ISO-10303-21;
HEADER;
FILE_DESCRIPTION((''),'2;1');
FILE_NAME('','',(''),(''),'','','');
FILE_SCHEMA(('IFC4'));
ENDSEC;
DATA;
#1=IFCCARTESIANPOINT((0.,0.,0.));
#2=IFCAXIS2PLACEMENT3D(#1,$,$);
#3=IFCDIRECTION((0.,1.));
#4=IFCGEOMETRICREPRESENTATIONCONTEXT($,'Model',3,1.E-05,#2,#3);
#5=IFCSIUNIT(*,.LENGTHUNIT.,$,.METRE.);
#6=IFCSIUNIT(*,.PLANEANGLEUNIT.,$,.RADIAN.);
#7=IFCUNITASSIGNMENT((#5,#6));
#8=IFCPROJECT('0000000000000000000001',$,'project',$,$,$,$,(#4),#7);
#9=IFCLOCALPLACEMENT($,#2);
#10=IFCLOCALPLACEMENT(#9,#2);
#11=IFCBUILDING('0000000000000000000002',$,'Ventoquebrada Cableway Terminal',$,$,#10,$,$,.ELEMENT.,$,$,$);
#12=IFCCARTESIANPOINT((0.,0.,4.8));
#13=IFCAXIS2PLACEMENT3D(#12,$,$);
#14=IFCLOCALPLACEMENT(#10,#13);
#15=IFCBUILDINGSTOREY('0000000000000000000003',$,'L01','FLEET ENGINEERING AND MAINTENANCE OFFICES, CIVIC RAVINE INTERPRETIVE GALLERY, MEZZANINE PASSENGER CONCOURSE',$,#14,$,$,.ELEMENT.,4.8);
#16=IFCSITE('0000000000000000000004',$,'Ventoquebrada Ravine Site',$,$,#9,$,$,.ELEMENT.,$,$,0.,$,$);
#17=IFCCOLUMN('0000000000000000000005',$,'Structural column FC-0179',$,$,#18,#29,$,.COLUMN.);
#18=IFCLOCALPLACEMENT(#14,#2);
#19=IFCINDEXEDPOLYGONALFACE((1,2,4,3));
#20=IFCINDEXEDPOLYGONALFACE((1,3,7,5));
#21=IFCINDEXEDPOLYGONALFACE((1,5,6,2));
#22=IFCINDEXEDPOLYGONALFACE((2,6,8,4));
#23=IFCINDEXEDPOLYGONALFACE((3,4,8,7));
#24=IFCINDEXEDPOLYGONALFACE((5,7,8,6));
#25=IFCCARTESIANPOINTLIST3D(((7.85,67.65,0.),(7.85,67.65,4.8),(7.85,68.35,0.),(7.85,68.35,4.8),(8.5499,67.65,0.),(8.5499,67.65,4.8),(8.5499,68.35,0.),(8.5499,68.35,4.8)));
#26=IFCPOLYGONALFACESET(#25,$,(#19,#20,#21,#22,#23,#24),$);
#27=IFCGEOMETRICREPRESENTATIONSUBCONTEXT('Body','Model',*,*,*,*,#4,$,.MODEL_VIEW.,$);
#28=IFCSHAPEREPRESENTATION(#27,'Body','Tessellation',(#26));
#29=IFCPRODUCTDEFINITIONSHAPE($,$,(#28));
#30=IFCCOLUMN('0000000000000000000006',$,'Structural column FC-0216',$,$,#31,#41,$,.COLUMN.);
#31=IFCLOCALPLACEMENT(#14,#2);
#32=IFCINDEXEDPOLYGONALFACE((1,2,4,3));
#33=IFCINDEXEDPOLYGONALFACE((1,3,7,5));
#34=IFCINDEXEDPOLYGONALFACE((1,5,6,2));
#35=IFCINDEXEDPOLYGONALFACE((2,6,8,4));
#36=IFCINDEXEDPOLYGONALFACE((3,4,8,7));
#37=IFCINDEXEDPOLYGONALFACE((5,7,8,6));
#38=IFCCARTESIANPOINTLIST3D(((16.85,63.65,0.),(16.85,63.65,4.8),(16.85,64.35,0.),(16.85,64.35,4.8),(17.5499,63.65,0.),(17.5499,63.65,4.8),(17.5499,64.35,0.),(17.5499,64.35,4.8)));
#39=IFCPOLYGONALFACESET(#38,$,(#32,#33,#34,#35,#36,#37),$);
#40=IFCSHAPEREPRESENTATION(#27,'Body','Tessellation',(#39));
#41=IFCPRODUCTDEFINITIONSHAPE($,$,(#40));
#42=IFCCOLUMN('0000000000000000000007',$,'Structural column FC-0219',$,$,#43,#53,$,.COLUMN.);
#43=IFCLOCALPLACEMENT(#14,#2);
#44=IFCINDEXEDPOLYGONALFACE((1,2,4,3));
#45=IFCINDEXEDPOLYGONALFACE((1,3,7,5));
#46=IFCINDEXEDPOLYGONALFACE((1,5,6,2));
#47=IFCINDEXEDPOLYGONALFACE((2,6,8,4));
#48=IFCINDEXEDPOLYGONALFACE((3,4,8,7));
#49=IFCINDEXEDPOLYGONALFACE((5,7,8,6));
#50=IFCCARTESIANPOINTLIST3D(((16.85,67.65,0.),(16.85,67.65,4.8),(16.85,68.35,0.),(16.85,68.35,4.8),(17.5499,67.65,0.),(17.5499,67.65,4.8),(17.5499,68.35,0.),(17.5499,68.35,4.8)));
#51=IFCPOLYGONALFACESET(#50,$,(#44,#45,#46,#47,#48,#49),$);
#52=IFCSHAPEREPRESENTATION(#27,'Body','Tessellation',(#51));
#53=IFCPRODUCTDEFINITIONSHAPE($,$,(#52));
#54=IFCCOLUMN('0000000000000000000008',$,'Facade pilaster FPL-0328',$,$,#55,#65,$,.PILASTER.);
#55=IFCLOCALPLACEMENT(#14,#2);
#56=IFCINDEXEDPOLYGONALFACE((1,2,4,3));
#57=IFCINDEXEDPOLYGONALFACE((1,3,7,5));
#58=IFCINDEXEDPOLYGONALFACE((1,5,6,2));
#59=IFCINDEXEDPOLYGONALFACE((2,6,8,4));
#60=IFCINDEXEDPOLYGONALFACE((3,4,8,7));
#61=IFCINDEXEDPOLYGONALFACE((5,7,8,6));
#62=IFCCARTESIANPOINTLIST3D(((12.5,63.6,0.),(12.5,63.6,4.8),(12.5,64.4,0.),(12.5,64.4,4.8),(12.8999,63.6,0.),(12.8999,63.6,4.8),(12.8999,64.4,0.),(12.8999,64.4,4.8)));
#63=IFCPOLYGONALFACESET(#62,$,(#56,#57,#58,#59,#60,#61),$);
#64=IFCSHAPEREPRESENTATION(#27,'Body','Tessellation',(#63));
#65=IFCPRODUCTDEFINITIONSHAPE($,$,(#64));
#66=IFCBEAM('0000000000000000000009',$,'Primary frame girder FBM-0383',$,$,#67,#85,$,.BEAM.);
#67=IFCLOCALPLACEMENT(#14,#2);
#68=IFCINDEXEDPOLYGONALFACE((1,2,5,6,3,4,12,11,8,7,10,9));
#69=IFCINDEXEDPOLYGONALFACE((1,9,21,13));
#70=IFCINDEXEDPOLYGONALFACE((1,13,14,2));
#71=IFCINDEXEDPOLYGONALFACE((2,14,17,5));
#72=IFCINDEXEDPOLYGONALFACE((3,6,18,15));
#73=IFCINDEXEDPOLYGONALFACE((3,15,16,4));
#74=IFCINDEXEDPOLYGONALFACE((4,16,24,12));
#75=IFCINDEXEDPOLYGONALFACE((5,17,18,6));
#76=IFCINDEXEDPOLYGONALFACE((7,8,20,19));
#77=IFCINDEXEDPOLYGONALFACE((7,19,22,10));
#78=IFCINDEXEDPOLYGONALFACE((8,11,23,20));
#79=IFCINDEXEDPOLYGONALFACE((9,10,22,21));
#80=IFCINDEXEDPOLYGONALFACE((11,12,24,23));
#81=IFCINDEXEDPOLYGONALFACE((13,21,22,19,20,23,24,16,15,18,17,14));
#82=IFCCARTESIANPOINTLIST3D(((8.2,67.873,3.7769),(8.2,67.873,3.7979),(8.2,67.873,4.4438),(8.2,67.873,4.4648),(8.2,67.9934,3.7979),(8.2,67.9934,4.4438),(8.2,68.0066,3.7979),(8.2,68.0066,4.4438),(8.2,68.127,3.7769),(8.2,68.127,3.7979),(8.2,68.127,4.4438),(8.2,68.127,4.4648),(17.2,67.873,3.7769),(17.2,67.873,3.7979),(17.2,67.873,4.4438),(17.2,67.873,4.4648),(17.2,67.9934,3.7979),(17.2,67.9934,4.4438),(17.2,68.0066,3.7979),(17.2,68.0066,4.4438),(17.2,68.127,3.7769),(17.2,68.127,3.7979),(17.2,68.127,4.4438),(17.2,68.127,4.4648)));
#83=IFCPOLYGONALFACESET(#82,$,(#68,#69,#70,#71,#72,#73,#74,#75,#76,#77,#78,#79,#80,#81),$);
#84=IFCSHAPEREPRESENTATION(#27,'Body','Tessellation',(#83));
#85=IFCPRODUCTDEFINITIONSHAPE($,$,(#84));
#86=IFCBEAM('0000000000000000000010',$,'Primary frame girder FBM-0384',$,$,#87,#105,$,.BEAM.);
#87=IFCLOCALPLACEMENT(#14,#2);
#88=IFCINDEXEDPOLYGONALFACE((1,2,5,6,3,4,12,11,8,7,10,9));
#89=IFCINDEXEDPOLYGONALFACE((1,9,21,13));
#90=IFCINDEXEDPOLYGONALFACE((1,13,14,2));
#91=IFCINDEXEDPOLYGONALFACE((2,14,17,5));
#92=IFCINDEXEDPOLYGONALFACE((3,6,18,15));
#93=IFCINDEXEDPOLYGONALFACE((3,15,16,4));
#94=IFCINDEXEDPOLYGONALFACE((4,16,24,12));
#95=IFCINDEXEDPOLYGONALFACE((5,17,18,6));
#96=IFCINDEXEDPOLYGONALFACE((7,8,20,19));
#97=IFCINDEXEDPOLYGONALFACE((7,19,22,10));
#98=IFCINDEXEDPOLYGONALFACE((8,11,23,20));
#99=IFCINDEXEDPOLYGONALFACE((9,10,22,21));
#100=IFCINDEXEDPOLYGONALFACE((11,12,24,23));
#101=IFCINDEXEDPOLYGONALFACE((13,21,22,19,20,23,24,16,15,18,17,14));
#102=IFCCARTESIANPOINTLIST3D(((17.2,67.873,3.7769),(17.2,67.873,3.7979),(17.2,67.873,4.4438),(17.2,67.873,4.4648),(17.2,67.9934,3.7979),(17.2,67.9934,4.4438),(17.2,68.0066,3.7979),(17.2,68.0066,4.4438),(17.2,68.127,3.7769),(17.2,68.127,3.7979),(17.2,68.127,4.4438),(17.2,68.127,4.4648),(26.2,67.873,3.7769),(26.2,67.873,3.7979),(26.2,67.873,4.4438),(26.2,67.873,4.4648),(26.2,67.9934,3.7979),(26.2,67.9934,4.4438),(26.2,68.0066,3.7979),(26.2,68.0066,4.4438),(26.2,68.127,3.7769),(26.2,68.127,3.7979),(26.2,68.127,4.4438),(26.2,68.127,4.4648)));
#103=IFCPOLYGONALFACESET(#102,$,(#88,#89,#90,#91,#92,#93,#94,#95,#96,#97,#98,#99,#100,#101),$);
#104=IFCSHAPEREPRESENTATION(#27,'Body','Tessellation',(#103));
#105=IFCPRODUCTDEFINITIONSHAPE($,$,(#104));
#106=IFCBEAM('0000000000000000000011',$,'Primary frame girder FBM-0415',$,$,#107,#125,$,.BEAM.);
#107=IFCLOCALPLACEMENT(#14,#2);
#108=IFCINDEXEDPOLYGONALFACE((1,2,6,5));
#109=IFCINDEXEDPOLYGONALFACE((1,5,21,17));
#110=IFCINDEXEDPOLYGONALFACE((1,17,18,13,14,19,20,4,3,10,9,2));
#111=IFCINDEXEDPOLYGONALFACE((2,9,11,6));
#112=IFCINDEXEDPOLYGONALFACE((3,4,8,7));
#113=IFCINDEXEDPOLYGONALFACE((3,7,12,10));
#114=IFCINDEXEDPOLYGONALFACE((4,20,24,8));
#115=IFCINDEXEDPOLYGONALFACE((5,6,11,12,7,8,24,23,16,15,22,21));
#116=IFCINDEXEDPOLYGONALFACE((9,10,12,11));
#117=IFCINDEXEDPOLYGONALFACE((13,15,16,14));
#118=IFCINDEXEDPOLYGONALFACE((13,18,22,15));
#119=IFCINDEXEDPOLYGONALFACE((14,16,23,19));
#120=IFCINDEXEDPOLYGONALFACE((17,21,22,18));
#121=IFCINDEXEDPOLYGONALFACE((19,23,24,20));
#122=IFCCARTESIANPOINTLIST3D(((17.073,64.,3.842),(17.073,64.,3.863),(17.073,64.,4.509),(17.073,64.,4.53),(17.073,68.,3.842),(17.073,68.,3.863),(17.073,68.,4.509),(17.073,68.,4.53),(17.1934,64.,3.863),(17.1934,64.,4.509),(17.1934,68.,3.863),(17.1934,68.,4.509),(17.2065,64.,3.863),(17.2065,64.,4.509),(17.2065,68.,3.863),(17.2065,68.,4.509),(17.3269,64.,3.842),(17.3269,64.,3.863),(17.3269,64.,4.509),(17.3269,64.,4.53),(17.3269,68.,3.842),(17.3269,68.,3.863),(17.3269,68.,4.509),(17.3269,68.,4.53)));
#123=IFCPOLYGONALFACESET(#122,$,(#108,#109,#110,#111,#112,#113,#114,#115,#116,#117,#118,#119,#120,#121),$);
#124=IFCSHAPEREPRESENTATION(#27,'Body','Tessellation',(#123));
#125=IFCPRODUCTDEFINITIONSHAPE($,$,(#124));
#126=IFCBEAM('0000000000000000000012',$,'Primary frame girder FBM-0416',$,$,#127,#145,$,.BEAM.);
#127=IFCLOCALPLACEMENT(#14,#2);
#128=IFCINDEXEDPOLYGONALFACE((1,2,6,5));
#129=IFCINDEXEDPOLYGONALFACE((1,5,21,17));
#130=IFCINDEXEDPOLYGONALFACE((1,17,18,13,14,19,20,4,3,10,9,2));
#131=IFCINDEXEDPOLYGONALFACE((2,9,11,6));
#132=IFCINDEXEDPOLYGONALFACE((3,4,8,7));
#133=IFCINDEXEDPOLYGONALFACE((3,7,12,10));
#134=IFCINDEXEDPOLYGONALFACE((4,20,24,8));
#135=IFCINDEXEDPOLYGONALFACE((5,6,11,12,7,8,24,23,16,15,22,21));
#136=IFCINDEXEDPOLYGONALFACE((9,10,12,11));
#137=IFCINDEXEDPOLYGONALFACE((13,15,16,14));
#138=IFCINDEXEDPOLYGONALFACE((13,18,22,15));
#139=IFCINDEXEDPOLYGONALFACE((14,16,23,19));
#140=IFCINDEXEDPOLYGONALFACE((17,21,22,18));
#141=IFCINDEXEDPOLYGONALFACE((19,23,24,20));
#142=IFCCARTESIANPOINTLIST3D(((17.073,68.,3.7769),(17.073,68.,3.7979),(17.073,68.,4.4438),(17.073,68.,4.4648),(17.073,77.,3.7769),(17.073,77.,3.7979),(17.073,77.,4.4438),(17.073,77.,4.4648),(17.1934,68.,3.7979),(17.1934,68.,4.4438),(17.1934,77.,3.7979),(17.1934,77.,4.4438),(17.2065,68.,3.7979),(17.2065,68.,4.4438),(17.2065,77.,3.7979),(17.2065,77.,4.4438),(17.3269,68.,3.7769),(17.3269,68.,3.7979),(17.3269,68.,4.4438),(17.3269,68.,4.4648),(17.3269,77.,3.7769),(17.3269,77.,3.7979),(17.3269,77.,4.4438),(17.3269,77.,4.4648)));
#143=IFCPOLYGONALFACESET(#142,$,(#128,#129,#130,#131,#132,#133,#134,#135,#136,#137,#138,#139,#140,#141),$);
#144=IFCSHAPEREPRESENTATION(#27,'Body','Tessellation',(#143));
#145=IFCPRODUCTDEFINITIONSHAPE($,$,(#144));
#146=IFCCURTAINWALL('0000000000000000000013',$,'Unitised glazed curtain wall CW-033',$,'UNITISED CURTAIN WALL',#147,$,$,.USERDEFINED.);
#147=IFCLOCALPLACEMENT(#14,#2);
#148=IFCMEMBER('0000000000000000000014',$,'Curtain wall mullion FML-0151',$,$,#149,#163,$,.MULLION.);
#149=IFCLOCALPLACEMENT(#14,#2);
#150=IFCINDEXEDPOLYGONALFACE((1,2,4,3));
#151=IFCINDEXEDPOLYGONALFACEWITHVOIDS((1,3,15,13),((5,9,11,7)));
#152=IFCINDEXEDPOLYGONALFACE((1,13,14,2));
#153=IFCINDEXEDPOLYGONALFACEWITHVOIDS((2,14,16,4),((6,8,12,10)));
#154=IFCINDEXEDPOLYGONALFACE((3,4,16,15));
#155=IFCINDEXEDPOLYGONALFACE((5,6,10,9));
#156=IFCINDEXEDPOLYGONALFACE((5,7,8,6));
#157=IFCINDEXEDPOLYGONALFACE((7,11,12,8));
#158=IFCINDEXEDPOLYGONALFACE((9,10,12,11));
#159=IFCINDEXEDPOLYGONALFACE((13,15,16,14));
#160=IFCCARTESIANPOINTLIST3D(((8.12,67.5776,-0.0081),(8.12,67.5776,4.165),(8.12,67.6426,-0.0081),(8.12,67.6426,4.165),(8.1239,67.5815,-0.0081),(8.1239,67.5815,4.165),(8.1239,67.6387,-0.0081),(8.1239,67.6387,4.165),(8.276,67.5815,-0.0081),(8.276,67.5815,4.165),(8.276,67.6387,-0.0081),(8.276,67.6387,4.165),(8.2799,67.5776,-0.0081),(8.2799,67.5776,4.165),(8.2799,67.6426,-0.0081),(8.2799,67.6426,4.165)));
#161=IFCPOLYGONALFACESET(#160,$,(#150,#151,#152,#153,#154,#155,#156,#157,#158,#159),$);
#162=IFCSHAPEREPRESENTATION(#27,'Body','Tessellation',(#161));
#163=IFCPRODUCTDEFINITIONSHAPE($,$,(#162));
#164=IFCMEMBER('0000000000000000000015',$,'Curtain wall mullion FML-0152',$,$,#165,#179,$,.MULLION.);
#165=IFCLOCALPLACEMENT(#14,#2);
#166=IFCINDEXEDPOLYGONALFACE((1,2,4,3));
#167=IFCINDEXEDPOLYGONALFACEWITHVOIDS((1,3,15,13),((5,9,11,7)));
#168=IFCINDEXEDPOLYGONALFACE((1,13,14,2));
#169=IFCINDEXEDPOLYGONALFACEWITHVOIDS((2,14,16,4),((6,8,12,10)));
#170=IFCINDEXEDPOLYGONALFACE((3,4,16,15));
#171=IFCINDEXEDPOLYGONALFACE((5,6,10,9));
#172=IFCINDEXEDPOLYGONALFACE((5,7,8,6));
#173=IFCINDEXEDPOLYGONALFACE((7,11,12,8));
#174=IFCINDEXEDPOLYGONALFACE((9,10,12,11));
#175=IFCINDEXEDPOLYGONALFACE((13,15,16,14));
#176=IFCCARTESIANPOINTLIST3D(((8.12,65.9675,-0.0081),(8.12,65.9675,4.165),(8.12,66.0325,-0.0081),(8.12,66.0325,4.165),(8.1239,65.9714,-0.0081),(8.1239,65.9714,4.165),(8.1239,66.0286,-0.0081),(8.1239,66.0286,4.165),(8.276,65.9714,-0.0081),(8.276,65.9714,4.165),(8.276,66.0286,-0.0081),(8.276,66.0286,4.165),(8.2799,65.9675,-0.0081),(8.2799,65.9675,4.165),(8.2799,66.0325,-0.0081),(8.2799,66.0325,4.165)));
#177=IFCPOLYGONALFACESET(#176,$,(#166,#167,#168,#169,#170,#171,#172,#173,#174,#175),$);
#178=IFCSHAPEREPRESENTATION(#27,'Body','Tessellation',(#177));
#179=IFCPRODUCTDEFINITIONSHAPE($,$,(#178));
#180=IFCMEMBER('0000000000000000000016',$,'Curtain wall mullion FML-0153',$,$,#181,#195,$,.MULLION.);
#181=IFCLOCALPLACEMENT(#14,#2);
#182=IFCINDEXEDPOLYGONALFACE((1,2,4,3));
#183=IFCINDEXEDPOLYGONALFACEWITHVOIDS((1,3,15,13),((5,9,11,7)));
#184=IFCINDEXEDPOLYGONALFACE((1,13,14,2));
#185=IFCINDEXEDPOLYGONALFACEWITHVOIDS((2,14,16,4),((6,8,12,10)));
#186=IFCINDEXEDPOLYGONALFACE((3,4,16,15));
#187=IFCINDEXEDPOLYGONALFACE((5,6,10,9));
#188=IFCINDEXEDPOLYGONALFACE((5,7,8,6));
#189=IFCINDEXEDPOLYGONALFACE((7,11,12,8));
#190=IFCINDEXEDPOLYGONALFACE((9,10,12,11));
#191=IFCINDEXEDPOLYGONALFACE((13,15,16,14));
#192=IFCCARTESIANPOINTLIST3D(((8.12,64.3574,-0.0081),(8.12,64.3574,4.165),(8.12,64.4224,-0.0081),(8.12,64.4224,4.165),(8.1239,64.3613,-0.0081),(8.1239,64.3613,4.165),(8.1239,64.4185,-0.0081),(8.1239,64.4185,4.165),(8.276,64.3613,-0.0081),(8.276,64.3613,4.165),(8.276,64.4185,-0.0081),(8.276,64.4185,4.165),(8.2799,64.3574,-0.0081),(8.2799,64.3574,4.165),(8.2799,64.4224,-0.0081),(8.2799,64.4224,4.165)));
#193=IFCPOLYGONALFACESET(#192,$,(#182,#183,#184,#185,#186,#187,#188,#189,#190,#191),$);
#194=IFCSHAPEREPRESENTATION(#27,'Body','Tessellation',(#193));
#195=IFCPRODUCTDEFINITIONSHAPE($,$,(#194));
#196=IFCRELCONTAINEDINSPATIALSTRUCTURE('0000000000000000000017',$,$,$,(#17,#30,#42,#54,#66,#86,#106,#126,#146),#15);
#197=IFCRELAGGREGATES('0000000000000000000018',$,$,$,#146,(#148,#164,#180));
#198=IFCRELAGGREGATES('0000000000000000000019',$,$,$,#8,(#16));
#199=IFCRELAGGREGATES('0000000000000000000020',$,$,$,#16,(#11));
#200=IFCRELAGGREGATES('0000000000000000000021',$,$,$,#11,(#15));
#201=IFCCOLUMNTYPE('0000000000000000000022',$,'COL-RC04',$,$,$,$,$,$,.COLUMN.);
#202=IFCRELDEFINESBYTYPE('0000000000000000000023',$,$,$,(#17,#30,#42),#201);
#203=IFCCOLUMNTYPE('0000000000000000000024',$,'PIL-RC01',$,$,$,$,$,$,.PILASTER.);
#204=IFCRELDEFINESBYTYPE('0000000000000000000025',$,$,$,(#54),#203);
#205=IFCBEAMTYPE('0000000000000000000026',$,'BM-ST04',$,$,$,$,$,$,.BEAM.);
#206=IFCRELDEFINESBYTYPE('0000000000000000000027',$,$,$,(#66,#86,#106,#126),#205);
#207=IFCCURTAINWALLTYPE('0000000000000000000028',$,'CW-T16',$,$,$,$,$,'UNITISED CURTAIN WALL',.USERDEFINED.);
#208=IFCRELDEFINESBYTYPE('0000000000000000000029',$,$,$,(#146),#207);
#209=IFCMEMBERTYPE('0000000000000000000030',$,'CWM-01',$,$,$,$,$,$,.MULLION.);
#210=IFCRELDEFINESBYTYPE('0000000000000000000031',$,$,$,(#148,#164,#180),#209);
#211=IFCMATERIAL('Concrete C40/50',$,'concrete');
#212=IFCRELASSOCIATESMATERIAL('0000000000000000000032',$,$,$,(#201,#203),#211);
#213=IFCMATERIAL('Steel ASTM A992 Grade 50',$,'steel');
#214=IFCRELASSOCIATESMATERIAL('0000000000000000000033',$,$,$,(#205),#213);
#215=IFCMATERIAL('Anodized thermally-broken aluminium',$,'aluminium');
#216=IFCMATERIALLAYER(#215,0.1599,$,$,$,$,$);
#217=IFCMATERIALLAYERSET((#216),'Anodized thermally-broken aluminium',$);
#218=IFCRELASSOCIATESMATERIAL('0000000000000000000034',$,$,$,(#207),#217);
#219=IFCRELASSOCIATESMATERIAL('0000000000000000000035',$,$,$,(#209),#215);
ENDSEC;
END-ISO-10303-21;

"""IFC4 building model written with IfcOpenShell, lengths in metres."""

from ifc_helpers import new_model, si_unit, direction, frame, origin, origin_2d, place, context, subcontext, project, spatial, rectangle, hollow_rectangle, i_section, extrude, material, layer, layer_set, material_profile, profile_set, type_object, element, aggregate, save


model = new_model("IFC4")

# Units and contexts
model_context = context("Model", 3, precision=1e-05, world=origin(), true_north=direction((0.0, 1.0)))
body_context = subcontext(model_context, "Body", "Model", "MODEL_VIEW")
ifc_project = project(units=[si_unit("LENGTHUNIT", "METRE"), si_unit("PLANEANGLEUNIT", "RADIAN")], contexts=[model_context])

# Site, building, storey
site_placement = place(None, origin())
site = spatial("IfcSite", under=ifc_project, at=site_placement, Name="Ventoquebrada Ravine Site", CompositionType="ELEMENT", RefElevation=0.0)
building_placement = place(site_placement, origin())
building = spatial("IfcBuilding", under=site, at=building_placement, Name="Ventoquebrada Cableway Terminal", CompositionType="ELEMENT")
storey_placement = place(building_placement, frame((0.0, 0.0, 4.8)))
storey = spatial("IfcBuildingStorey", under=building, at=storey_placement, Name="L01", Description="FLEET ENGINEERING AND MAINTENANCE OFFICES, CIVIC RAVINE INTERPRETIVE GALLERY, MEZZANINE PASSENGER CONCOURSE", CompositionType="ELEMENT", Elevation=4.8)

# Columns
ifc_material_1 = material(Name="Concrete C40/50", Category="concrete")
ifc_material_profile_1 = material_profile(ifc_material_1, rectangle(XDim=0.7, YDim=0.7, at=origin_2d()), Name="RC-COL-700X700")
ifc_profile_set_1 = profile_set([ifc_material_profile_1], Name="Concrete C40/50")
column_type_1 = type_object("IfcColumnType", Name="COL-RC04", PredefinedType="COLUMN", material=ifc_profile_set_1)
for number, where, z_axis, x_axis, name in (
    (1, (8.2, 68.0, 0.0), (0.0, 0.0, 1.0), (1.0, 0.0, 0.0), "Structural column FC-0179"),
    (2, (17.2, 64.0, 0.0), (0.0, 0.0, 1.0), (1.0, 0.0, 0.0), "Structural column FC-0216"),
    (3, (17.2, 68.0, 0.0), (0.0, 0.0, 1.0), (1.0, 0.0, 0.0), "Structural column FC-0219"),
):
    element("IfcColumn", number, at=place(storey_placement, frame(where, z_axis=z_axis, x_axis=x_axis)), inside=storey, type_object=column_type_1, Name=name, PredefinedType="COLUMN", context=body_context, shape_type="SweptSolid", body=[
        extrude(rectangle(XDim=0.7, YDim=0.7, at=origin_2d()), origin(), (0.0, 0.0, 1.0), 4.8),
    ])
ifc_material_profile_2 = material_profile(ifc_material_1, rectangle(XDim=0.3999, YDim=0.8, at=origin_2d()), Name="RC-PIL-400X800")
ifc_profile_set_2 = profile_set([ifc_material_profile_2], Name="Concrete C40/50")
column_type_2 = type_object("IfcColumnType", Name="PIL-RC01", PredefinedType="PILASTER", material=ifc_profile_set_2)
column_placement = place(storey_placement, frame((12.7, 64.0, 0.0), z_axis=(0.0, 0.0, 1.0), x_axis=(1.0, 0.0, 0.0)))
element("IfcColumn", 4, at=column_placement, inside=storey, type_object=column_type_2, Name="Facade pilaster FPL-0328", PredefinedType="PILASTER", context=body_context, shape_type="SweptSolid", body=[
    extrude(rectangle(XDim=0.3999, YDim=0.8, at=origin_2d()), origin(), (0.0, 0.0, 1.0), 4.8),
])

# Beams
ifc_material_2 = material(Name="Steel ASTM A992 Grade 50", Category="steel")
ifc_material_profile_3 = material_profile(ifc_material_2, i_section(OverallWidth=0.2539, OverallDepth=0.688, WebThickness=0.0132, FlangeThickness=0.021, at=origin_2d()), Name="W27X102")
ifc_profile_set_3 = profile_set([ifc_material_profile_3], Name="Steel ASTM A992 Grade 50")
beam_type_1 = type_object("IfcBeamType", Name="BM-ST04", PredefinedType="BEAM", material=ifc_profile_set_3)
for number, where, z_axis, x_axis, name in (
    (5, (8.2, 68.0, 4.1208), (1.0, 0.0, 0.0), (0.0, 1.0, 0.0), "Primary frame girder FBM-0383"),
    (6, (17.2, 68.0, 4.1208), (1.0, 0.0, 0.0), (0.0, 1.0, 0.0), "Primary frame girder FBM-0384"),
):
    element("IfcBeam", number, at=place(storey_placement, frame(where, z_axis=z_axis, x_axis=x_axis)), inside=storey, type_object=beam_type_1, Name=name, PredefinedType="BEAM", context=body_context, shape_type="SweptSolid", body=[
        extrude(i_section(OverallWidth=0.2539, OverallDepth=0.688, WebThickness=0.0132, FlangeThickness=0.021, at=origin_2d()), origin(), (0.0, 0.0, 1.0), 9.0),
    ])
beam_1_placement = place(storey_placement, frame((17.2, 64.0, 4.186), z_axis=(0.0, 1.0, 0.0), x_axis=(-1.0, 0.0, 0.0)))
element("IfcBeam", 7, at=beam_1_placement, inside=storey, type_object=beam_type_1, Name="Primary frame girder FBM-0415", PredefinedType="BEAM", context=body_context, shape_type="SweptSolid", body=[
    extrude(i_section(OverallWidth=0.2539, OverallDepth=0.688, WebThickness=0.0132, FlangeThickness=0.021, at=origin_2d()), origin(), (0.0, 0.0, 1.0), 4.0),
])
beam_2_placement = place(storey_placement, frame((17.2, 68.0, 4.1208), z_axis=(0.0, 1.0, 0.0), x_axis=(-1.0, 0.0, 0.0)))
element("IfcBeam", 8, at=beam_2_placement, inside=storey, type_object=beam_type_1, Name="Primary frame girder FBM-0416", PredefinedType="BEAM", context=body_context, shape_type="SweptSolid", body=[
    extrude(i_section(OverallWidth=0.2539, OverallDepth=0.688, WebThickness=0.0132, FlangeThickness=0.021, at=origin_2d()), origin(), (0.0, 0.0, 1.0), 9.0),
])

# Curtain wall, members
ifc_material_3 = material(Name="Anodized thermally-broken aluminium", Category="aluminium")
ifc_layer_1 = layer(ifc_material_3, 0.1599)
ifc_layer_set_1 = layer_set([ifc_layer_1], Name="Anodized thermally-broken aluminium")
curtain_wall_type_1 = type_object("IfcCurtainWallType", Name="CW-T16", ElementType="UNITISED CURTAIN WALL", PredefinedType="USERDEFINED", material=ifc_layer_set_1)
curtain_wall_1_placement = place(storey_placement, origin())
curtain_wall_1 = element("IfcCurtainWall", 9, at=curtain_wall_1_placement, inside=storey, type_object=curtain_wall_type_1, Name="Unitised glazed curtain wall CW-033", ObjectType="UNITISED CURTAIN WALL", PredefinedType="USERDEFINED")
ifc_material_profile_4 = material_profile(ifc_material_3, hollow_rectangle(XDim=0.0649, YDim=0.1599, WallThickness=0.0039, at=origin_2d()), Name="CW-MUL-65X160")
ifc_profile_set_4 = profile_set([ifc_material_profile_4], Name="Anodized thermally-broken aluminium")
member_type_1 = type_object("IfcMemberType", Name="CWM-01", PredefinedType="MULLION", material=ifc_profile_set_4)
member_1_placement = place(storey_placement, frame((8.2, 67.6101, -0.0081), z_axis=(0.0, 0.0, 1.0), x_axis=(0.0, -1.0, 0.0)))
member_1 = element("IfcMember", 10, at=member_1_placement, type_object=member_type_1, Name="Curtain wall mullion FML-0151", PredefinedType="MULLION", context=body_context, shape_type="SweptSolid", body=[
    extrude(hollow_rectangle(XDim=0.0649, YDim=0.1599, WallThickness=0.0039, at=origin_2d()), origin(), (0.0, 0.0, 1.0), 4.1731),
])
member_2_placement = place(storey_placement, frame((8.2, 66.0, -0.0081), z_axis=(0.0, 0.0, 1.0), x_axis=(0.0, -1.0, 0.0)))
member_2 = element("IfcMember", 11, at=member_2_placement, type_object=member_type_1, Name="Curtain wall mullion FML-0152", PredefinedType="MULLION", context=body_context, shape_type="SweptSolid", body=[
    extrude(hollow_rectangle(XDim=0.0649, YDim=0.1599, WallThickness=0.0039, at=origin_2d()), origin(), (0.0, 0.0, 1.0), 4.1731),
])
member_3_placement = place(storey_placement, frame((8.2, 64.3899, -0.0081), z_axis=(0.0, 0.0, 1.0), x_axis=(0.0, -1.0, 0.0)))
member_3 = element("IfcMember", 12, at=member_3_placement, type_object=member_type_1, Name="Curtain wall mullion FML-0153", PredefinedType="MULLION", context=body_context, shape_type="SweptSolid", body=[
    extrude(hollow_rectangle(XDim=0.0649, YDim=0.1599, WallThickness=0.0039, at=origin_2d()), origin(), (0.0, 0.0, 1.0), 4.1731),
])

aggregate(curtain_wall_1, [member_1, member_2, member_3])

save(model, "model.ifc")
